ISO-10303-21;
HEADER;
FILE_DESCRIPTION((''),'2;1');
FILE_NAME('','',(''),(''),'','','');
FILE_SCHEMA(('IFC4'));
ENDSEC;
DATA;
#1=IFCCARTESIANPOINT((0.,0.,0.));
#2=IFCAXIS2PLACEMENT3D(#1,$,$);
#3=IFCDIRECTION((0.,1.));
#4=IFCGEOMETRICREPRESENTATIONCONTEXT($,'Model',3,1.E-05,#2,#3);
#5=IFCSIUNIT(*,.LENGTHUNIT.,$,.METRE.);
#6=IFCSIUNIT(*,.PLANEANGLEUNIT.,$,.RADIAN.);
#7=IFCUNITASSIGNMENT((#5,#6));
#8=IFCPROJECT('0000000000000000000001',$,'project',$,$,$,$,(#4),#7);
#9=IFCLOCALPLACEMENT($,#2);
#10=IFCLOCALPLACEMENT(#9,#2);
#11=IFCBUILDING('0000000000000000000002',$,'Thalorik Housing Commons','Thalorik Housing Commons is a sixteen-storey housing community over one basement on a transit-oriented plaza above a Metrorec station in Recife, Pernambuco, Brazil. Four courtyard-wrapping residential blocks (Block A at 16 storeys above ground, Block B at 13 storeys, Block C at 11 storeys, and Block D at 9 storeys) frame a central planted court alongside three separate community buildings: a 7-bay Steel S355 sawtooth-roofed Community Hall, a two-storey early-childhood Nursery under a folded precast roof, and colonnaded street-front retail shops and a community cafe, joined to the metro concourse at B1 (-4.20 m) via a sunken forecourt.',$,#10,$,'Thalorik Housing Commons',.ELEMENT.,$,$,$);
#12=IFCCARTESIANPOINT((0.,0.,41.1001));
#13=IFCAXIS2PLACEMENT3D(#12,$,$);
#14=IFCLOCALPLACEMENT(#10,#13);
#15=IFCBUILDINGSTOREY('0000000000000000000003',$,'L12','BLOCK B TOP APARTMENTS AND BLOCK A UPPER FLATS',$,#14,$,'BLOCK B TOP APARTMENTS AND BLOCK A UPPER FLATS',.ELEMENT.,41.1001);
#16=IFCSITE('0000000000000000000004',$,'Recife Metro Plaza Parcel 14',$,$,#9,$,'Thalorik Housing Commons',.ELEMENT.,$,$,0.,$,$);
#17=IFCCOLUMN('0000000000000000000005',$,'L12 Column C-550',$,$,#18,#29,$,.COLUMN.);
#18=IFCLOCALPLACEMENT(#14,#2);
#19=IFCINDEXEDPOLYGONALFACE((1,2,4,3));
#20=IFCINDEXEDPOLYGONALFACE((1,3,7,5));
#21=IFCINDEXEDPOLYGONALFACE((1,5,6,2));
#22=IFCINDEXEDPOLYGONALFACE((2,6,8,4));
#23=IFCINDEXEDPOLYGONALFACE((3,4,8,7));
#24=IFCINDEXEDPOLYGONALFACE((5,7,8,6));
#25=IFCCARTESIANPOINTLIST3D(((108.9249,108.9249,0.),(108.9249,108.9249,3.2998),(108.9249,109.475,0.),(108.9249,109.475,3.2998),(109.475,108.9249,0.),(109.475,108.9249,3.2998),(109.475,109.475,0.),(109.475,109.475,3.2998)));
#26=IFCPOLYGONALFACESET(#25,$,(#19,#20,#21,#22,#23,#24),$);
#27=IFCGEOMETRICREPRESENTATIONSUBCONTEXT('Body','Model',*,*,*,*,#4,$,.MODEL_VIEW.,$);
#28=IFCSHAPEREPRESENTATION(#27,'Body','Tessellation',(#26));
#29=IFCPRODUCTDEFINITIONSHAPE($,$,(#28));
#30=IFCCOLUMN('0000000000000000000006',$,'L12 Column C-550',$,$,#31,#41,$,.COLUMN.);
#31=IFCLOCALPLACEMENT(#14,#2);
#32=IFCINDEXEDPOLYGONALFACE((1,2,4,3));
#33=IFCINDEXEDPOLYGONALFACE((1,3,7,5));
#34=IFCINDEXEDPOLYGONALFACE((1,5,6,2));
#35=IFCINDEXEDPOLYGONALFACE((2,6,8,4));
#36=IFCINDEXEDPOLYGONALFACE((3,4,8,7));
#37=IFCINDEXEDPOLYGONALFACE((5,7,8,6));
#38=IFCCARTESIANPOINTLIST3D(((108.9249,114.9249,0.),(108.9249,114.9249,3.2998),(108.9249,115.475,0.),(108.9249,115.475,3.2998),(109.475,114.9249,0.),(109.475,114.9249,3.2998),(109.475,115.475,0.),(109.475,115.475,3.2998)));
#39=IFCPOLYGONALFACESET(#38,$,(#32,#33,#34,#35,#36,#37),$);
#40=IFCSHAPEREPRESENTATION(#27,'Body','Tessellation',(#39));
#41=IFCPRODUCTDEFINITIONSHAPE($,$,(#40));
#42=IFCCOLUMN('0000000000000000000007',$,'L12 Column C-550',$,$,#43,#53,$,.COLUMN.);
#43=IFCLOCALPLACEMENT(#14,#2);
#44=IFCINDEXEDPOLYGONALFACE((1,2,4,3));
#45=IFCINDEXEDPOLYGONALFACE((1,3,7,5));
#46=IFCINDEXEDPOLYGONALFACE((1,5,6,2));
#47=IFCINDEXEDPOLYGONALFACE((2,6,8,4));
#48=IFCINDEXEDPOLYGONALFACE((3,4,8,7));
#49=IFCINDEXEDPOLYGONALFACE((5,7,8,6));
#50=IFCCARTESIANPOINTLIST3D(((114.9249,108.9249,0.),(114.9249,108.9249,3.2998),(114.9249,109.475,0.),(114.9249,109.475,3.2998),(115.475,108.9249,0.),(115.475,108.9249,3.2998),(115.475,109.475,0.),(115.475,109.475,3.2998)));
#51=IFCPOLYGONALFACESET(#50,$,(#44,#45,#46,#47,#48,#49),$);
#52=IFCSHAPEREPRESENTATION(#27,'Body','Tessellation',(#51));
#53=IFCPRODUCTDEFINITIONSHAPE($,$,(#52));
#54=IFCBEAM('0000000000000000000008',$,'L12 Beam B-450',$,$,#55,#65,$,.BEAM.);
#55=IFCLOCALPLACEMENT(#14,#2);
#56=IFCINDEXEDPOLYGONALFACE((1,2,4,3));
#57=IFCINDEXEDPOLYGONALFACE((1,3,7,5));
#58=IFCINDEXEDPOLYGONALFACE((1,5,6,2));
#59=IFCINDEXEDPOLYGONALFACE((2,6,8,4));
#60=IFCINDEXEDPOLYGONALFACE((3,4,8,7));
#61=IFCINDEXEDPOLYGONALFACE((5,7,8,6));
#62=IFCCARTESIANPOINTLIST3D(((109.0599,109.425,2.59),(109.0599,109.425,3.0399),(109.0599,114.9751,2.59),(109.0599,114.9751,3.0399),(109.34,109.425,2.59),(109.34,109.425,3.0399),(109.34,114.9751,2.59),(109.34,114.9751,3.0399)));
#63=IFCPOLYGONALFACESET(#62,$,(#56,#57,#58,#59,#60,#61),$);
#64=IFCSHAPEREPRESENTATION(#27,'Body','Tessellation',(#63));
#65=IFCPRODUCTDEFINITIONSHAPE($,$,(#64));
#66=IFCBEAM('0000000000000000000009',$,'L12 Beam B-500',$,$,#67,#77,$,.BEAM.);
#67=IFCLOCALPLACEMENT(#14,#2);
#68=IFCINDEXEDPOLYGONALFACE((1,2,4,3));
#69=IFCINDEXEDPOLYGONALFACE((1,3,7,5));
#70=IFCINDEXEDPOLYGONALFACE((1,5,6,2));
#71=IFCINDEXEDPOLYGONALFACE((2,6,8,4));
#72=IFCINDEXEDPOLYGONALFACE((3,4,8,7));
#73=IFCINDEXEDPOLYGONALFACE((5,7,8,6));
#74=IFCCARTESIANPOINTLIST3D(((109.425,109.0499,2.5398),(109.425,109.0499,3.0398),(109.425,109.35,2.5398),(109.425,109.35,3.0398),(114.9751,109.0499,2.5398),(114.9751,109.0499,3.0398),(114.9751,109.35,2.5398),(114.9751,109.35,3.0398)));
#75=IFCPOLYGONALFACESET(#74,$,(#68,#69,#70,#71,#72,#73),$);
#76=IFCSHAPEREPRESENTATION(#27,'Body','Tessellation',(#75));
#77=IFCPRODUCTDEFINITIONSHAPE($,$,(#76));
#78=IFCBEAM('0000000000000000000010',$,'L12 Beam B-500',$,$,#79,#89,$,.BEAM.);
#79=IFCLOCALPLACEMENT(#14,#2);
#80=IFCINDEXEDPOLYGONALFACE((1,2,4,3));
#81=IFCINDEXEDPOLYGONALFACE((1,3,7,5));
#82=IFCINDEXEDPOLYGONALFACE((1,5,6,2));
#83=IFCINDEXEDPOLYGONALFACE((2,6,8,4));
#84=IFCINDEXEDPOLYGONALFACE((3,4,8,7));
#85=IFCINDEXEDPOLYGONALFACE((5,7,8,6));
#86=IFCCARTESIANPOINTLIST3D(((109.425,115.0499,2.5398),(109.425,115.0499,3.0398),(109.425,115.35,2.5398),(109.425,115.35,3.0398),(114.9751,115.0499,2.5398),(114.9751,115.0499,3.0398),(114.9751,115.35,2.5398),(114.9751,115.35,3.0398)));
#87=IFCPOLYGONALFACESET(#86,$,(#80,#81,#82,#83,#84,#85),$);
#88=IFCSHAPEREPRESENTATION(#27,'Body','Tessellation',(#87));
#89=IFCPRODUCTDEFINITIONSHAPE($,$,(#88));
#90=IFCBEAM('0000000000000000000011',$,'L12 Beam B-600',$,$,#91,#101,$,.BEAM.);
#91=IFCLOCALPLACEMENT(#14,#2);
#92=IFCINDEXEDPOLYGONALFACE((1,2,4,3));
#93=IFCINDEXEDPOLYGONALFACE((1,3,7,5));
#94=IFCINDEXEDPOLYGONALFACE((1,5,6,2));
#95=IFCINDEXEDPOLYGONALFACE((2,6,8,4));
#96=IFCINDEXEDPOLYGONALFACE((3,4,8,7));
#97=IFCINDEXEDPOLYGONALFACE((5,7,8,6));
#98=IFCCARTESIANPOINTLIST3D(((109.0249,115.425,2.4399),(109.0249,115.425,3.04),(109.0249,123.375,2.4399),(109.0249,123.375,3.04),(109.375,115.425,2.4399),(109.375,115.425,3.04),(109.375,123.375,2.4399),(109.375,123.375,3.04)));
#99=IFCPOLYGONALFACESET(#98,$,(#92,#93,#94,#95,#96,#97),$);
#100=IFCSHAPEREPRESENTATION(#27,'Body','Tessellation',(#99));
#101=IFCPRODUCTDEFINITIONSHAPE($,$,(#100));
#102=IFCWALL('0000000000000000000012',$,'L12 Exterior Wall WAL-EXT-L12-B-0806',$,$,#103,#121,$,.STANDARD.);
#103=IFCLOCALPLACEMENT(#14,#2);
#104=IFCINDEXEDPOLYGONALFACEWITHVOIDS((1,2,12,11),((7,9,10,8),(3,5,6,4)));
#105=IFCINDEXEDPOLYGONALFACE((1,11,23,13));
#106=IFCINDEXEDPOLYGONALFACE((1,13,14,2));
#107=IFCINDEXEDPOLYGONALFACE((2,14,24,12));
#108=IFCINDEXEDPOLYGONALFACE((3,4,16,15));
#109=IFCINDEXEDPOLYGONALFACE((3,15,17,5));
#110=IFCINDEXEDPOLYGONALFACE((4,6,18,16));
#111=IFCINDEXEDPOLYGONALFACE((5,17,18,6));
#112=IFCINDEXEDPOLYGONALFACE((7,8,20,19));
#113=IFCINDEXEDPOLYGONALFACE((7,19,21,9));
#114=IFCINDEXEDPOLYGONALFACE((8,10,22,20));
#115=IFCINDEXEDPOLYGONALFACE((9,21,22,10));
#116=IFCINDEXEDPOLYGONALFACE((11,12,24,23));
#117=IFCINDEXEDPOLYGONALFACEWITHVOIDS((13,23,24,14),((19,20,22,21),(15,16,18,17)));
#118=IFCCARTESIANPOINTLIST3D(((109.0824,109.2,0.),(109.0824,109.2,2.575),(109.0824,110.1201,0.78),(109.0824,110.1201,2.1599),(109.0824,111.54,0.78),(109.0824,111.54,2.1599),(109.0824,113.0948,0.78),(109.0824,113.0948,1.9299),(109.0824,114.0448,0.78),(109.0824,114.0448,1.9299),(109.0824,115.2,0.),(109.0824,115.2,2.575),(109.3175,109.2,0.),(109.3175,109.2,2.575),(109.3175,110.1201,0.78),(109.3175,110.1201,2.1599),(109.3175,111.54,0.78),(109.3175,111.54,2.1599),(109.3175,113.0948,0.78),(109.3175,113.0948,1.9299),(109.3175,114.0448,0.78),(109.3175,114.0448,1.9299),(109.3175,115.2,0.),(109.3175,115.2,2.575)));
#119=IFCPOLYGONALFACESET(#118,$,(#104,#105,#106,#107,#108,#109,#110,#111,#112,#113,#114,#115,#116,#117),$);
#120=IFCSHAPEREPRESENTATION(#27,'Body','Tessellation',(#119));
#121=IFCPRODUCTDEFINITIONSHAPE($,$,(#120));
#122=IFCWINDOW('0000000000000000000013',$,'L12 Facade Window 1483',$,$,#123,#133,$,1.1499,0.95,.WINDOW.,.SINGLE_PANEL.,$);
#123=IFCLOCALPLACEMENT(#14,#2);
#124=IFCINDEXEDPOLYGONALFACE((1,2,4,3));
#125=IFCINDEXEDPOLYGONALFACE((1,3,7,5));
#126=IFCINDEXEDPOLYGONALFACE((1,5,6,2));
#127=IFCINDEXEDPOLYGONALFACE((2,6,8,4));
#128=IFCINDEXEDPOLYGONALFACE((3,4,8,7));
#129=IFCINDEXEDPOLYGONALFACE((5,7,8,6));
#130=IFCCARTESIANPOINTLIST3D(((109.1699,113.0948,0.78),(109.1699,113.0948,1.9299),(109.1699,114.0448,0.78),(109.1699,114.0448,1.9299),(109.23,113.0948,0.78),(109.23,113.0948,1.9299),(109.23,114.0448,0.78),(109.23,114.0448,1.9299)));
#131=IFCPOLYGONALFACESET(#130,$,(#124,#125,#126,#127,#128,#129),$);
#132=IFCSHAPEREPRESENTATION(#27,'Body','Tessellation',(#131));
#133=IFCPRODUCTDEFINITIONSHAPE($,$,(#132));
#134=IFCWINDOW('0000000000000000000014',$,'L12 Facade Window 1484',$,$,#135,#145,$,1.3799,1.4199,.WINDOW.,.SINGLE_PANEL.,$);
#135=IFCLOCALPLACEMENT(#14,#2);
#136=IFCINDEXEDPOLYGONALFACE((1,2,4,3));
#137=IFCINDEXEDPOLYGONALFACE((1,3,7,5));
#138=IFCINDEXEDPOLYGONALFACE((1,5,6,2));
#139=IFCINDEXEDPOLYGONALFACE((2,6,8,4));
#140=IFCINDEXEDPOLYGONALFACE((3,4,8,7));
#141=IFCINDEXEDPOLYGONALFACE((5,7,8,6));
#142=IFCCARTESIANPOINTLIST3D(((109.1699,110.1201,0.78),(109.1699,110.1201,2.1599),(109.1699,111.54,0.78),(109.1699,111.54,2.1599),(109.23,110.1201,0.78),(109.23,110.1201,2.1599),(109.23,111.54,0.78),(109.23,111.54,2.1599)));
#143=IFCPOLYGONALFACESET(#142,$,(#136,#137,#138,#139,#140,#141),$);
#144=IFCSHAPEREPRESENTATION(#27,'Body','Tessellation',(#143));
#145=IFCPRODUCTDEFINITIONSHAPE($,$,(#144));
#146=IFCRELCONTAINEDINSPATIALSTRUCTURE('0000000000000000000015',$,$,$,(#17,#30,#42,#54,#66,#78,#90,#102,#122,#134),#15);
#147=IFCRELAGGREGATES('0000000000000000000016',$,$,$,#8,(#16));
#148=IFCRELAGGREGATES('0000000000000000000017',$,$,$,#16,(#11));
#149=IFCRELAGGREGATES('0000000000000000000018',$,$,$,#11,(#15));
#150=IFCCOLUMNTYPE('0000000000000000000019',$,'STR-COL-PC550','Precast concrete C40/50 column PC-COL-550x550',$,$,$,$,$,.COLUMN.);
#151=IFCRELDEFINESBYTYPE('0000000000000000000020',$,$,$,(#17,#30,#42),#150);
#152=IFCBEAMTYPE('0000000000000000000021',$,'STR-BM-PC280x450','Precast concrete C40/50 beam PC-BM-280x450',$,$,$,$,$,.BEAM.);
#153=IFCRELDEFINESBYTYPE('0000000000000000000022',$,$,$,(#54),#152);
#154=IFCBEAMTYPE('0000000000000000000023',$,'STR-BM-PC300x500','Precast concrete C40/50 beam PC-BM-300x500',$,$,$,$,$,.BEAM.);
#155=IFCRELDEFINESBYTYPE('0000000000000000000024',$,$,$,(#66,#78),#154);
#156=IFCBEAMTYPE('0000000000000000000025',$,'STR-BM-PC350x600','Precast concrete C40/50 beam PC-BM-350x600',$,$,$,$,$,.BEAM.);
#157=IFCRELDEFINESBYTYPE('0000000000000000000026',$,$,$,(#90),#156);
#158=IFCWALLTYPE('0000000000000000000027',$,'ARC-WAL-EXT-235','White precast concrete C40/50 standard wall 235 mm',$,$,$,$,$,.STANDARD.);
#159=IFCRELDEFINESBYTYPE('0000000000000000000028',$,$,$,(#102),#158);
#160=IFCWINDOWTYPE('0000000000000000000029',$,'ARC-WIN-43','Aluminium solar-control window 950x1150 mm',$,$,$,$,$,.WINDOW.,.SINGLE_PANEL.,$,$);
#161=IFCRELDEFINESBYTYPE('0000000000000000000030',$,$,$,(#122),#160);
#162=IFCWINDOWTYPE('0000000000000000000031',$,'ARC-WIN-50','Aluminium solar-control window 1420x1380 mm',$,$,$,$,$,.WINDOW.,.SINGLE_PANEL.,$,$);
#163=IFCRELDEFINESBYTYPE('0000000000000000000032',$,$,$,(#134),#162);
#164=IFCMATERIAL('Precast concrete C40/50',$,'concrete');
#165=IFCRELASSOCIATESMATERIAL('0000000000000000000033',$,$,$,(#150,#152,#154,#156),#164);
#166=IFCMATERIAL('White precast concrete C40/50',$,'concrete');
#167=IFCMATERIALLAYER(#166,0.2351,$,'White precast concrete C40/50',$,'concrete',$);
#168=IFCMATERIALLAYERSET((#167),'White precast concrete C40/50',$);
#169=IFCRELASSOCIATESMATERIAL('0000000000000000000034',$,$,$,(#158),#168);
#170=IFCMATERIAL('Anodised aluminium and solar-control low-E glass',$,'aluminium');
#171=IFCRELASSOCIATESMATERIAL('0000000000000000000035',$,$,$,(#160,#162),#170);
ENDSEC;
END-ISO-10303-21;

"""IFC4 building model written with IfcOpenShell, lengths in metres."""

from ifc_helpers import new_model, si_unit, direction, frame, frame_2d, origin, origin_2d, place, context, subcontext, project, spatial, rectangle, extrude, material, layer, layer_set, material_profile, profile_set, type_object, element, fill, save


model = new_model("IFC4")

# Units and contexts
model_context = context("Model", 3, precision=1e-05, world=origin(), true_north=direction((0.0, 1.0)))
body_context = subcontext(model_context, "Body", "Model", "MODEL_VIEW")
ifc_project = project(units=[si_unit("LENGTHUNIT", "METRE"), si_unit("PLANEANGLEUNIT", "RADIAN")], contexts=[model_context])

# Site, building, storey
site_placement = place(None, origin())
site = spatial("IfcSite", under=ifc_project, at=site_placement, Name="Recife Metro Plaza Parcel 14", LongName="Thalorik Housing Commons", CompositionType="ELEMENT", RefElevation=0.0)
building_placement = place(site_placement, origin())
building = spatial("IfcBuilding", under=site, at=building_placement, Name="Thalorik Housing Commons", Description="Thalorik Housing Commons is a sixteen-storey housing community over one basement on a transit-oriented plaza above a Metrorec station in Recife, Pernambuco, Brazil. Four courtyard-wrapping residential blocks (Block A at 16 storeys above ground, Block B at 13 storeys, Block C at 11 storeys, and Block D at 9 storeys) frame a central planted court alongside three separate community buildings: a 7-bay Steel S355 sawtooth-roofed Community Hall, a two-storey early-childhood Nursery under a folded precast roof, and colonnaded street-front retail shops and a community cafe, joined to the metro concourse at B1 (-4.20 m) via a sunken forecourt.", LongName="Thalorik Housing Commons", CompositionType="ELEMENT")
storey_placement = place(building_placement, frame((0.0, 0.0, 41.1001)))
storey = spatial("IfcBuildingStorey", under=building, at=storey_placement, Name="L12", Description="BLOCK B TOP APARTMENTS AND BLOCK A UPPER FLATS", LongName="BLOCK B TOP APARTMENTS AND BLOCK A UPPER FLATS", CompositionType="ELEMENT", Elevation=41.1001)

# Columns
ifc_material_1 = material(Name="Precast concrete C40/50", Category="concrete")
ifc_material_profile_1 = material_profile(ifc_material_1, rectangle(XDim=0.55, YDim=0.55, at=origin_2d()), Name="PC 550x550", Category="concrete")
ifc_profile_set_1 = profile_set([ifc_material_profile_1], Name="Precast concrete C40/50")
column_type = type_object("IfcColumnType", Name="STR-COL-PC550", Description="Precast concrete C40/50 column PC-COL-550x550", PredefinedType="COLUMN", material=ifc_profile_set_1)
for number, where, z_axis, x_axis, name in (
    (1, (109.2, 109.2, 0.0), (0.0, 0.0, 1.0), (1.0, 0.0, 0.0), "L12 Column C-550"),
    (2, (109.2, 115.2, 0.0), (0.0, 0.0, 1.0), (1.0, 0.0, 0.0), "L12 Column C-550"),
    (3, (115.2, 109.2, 0.0), (0.0, 0.0, 1.0), (1.0, 0.0, 0.0), "L12 Column C-550"),
):
    element("IfcColumn", number, at=place(storey_placement, frame(where, z_axis=z_axis, x_axis=x_axis)), inside=storey, type_object=column_type, Name=name, PredefinedType="COLUMN", context=body_context, shape_type="SweptSolid", body=[
        extrude(rectangle(XDim=0.55, YDim=0.55, at=origin_2d()), origin(), (0.0, 0.0, 1.0), 3.2998),
    ])

# Beams
ifc_material_profile_2 = material_profile(ifc_material_1, rectangle(XDim=0.28, YDim=0.45, at=origin_2d()), Name="PC 280x450", Category="concrete")
ifc_profile_set_2 = profile_set([ifc_material_profile_2], Name="Precast concrete C40/50")
beam_type_1 = type_object("IfcBeamType", Name="STR-BM-PC280x450", Description="Precast concrete C40/50 beam PC-BM-280x450", PredefinedType="BEAM", material=ifc_profile_set_2)
beam_1_placement = place(storey_placement, frame((109.2, 109.425, 2.8149), z_axis=(0.0, 1.0, 0.0), x_axis=(-1.0, 0.0, 0.0)))
element("IfcBeam", 4, at=beam_1_placement, inside=storey, type_object=beam_type_1, Name="L12 Beam B-450", PredefinedType="BEAM", context=body_context, shape_type="SweptSolid", body=[
    extrude(rectangle(XDim=0.28, YDim=0.45, at=origin_2d()), origin(), (0.0, 0.0, 1.0), 5.55),
])
ifc_material_profile_3 = material_profile(ifc_material_1, rectangle(XDim=0.3, YDim=0.5, at=origin_2d()), Name="PC 300x500", Category="concrete")
ifc_profile_set_3 = profile_set([ifc_material_profile_3], Name="Precast concrete C40/50")
beam_type_2 = type_object("IfcBeamType", Name="STR-BM-PC300x500", Description="Precast concrete C40/50 beam PC-BM-300x500", PredefinedType="BEAM", material=ifc_profile_set_3)
for number, where, z_axis, x_axis, name in (
    (5, (109.425, 109.2, 2.7898), (1.0, 0.0, 0.0), (0.0, 1.0, 0.0), "L12 Beam B-500"),
    (6, (109.425, 115.2, 2.7898), (1.0, 0.0, 0.0), (0.0, 1.0, 0.0), "L12 Beam B-500"),
):
    element("IfcBeam", number, at=place(storey_placement, frame(where, z_axis=z_axis, x_axis=x_axis)), inside=storey, type_object=beam_type_2, Name=name, PredefinedType="BEAM", context=body_context, shape_type="SweptSolid", body=[
        extrude(rectangle(XDim=0.3, YDim=0.5, at=origin_2d()), origin(), (0.0, 0.0, 1.0), 5.55),
    ])
ifc_material_profile_4 = material_profile(ifc_material_1, rectangle(XDim=0.3501, YDim=0.6001, at=origin_2d()), Name="PC 350x600", Category="concrete")
ifc_profile_set_4 = profile_set([ifc_material_profile_4], Name="Precast concrete C40/50")
beam_type_3 = type_object("IfcBeamType", Name="STR-BM-PC350x600", Description="Precast concrete C40/50 beam PC-BM-350x600", PredefinedType="BEAM", material=ifc_profile_set_4)
beam_2_placement = place(storey_placement, frame((109.2, 115.425, 2.74), z_axis=(0.0, 1.0, 0.0), x_axis=(-1.0, 0.0, 0.0)))
element("IfcBeam", 7, at=beam_2_placement, inside=storey, type_object=beam_type_3, Name="L12 Beam B-600", PredefinedType="BEAM", context=body_context, shape_type="SweptSolid", body=[
    extrude(rectangle(XDim=0.3501, YDim=0.6001, at=origin_2d()), origin(), (0.0, 0.0, 1.0), 7.95),
])

# Wall, openings, windows
ifc_material_2 = material(Name="White precast concrete C40/50", Category="concrete")
ifc_layer_1 = layer(ifc_material_2, 0.2351, Name="White precast concrete C40/50", Category="concrete")
ifc_layer_set_1 = layer_set([ifc_layer_1], Name="White precast concrete C40/50")
wall_type_1 = type_object("IfcWallType", Name="ARC-WAL-EXT-235", Description="White precast concrete C40/50 standard wall 235 mm", PredefinedType="STANDARD", material=ifc_layer_set_1)
wall_1_placement = place(storey_placement, frame((109.2, 115.2, 0.0), z_axis=(0.0, 0.0, 1.0), x_axis=(0.0, -1.0, 0.0)))
wall_1 = element("IfcWall", 8, at=wall_1_placement, inside=storey, type_object=wall_type_1, Name="L12 Exterior Wall WAL-EXT-L12-B-0806", PredefinedType="STANDARD", context=body_context, shape_type="SweptSolid", body=[
    extrude(rectangle(XDim=6.0, YDim=0.2351, at=frame_2d((3.0, 0.0))), origin(), (0.0, 0.0, 1.0), 2.575),
])
opening_1_placement = place(wall_1_placement, frame((1.155, 0.0, 0.78)))
opening_1 = element("IfcOpeningElement", 9, at=opening_1_placement, cuts=wall_1, PredefinedType="OPENING", context=body_context, shape_type="SweptSolid", body=[
    extrude(rectangle(XDim=0.95, YDim=1.1499, at=frame_2d((0.4751, 0.575))), frame((0.0, 0.1274, 0.0), z_axis=(0.0, -1.0, 0.0), x_axis=(1.0, 0.0, 0.0)), (0.0, 0.0, 1.0), 0.2551),
])
opening_2_placement = place(wall_1_placement, frame((3.6599, 0.0, 0.78)))
opening_2 = element("IfcOpeningElement", 10, at=opening_2_placement, cuts=wall_1, PredefinedType="OPENING", context=body_context, shape_type="SweptSolid", body=[
    extrude(rectangle(XDim=1.4199, YDim=1.3799, at=frame_2d((0.71, 0.6899))), frame((0.0, 0.1274, 0.0), z_axis=(0.0, -1.0, 0.0), x_axis=(1.0, 0.0, 0.0)), (0.0, 0.0, 1.0), 0.2551),
])
ifc_material_3 = material(Name="Anodised aluminium and solar-control low-E glass", Category="aluminium")
window_type_1 = type_object("IfcWindowType", Name="ARC-WIN-43", Description="Aluminium solar-control window 950x1150 mm", PartitioningType="SINGLE_PANEL", PredefinedType="WINDOW", material=ifc_material_3)
window_1_placement = place(opening_1_placement, origin())
window_1 = element("IfcWindow", 11, at=window_1_placement, inside=storey, type_object=window_type_1, Name="L12 Facade Window 1483", OverallHeight=1.1499, OverallWidth=0.95, PartitioningType="SINGLE_PANEL", PredefinedType="WINDOW", context=body_context, shape_type="SweptSolid", body=[
    extrude(rectangle(XDim=0.95, YDim=1.1499, at=frame_2d((0.4751, 0.575))), frame((0.0, 0.03, 0.0), z_axis=(0.0, -1.0, 0.0), x_axis=(1.0, 0.0, 0.0)), (0.0, 0.0, 1.0), 0.0601),
])
fill(opening_1, window_1)
window_type_2 = type_object("IfcWindowType", Name="ARC-WIN-50", Description="Aluminium solar-control window 1420x1380 mm", PartitioningType="SINGLE_PANEL", PredefinedType="WINDOW", material=ifc_material_3)
window_2_placement = place(opening_2_placement, origin())
window_2 = element("IfcWindow", 12, at=window_2_placement, inside=storey, type_object=window_type_2, Name="L12 Facade Window 1484", OverallHeight=1.3799, OverallWidth=1.4199, PartitioningType="SINGLE_PANEL", PredefinedType="WINDOW", context=body_context, shape_type="SweptSolid", body=[
    extrude(rectangle(XDim=1.4199, YDim=1.3799, at=frame_2d((0.71, 0.6899))), frame((0.0, 0.03, 0.0), z_axis=(0.0, -1.0, 0.0), x_axis=(1.0, 0.0, 0.0)), (0.0, 0.0, 1.0), 0.0601),
])
fill(opening_2, window_2)

save(model, "model.ifc")
